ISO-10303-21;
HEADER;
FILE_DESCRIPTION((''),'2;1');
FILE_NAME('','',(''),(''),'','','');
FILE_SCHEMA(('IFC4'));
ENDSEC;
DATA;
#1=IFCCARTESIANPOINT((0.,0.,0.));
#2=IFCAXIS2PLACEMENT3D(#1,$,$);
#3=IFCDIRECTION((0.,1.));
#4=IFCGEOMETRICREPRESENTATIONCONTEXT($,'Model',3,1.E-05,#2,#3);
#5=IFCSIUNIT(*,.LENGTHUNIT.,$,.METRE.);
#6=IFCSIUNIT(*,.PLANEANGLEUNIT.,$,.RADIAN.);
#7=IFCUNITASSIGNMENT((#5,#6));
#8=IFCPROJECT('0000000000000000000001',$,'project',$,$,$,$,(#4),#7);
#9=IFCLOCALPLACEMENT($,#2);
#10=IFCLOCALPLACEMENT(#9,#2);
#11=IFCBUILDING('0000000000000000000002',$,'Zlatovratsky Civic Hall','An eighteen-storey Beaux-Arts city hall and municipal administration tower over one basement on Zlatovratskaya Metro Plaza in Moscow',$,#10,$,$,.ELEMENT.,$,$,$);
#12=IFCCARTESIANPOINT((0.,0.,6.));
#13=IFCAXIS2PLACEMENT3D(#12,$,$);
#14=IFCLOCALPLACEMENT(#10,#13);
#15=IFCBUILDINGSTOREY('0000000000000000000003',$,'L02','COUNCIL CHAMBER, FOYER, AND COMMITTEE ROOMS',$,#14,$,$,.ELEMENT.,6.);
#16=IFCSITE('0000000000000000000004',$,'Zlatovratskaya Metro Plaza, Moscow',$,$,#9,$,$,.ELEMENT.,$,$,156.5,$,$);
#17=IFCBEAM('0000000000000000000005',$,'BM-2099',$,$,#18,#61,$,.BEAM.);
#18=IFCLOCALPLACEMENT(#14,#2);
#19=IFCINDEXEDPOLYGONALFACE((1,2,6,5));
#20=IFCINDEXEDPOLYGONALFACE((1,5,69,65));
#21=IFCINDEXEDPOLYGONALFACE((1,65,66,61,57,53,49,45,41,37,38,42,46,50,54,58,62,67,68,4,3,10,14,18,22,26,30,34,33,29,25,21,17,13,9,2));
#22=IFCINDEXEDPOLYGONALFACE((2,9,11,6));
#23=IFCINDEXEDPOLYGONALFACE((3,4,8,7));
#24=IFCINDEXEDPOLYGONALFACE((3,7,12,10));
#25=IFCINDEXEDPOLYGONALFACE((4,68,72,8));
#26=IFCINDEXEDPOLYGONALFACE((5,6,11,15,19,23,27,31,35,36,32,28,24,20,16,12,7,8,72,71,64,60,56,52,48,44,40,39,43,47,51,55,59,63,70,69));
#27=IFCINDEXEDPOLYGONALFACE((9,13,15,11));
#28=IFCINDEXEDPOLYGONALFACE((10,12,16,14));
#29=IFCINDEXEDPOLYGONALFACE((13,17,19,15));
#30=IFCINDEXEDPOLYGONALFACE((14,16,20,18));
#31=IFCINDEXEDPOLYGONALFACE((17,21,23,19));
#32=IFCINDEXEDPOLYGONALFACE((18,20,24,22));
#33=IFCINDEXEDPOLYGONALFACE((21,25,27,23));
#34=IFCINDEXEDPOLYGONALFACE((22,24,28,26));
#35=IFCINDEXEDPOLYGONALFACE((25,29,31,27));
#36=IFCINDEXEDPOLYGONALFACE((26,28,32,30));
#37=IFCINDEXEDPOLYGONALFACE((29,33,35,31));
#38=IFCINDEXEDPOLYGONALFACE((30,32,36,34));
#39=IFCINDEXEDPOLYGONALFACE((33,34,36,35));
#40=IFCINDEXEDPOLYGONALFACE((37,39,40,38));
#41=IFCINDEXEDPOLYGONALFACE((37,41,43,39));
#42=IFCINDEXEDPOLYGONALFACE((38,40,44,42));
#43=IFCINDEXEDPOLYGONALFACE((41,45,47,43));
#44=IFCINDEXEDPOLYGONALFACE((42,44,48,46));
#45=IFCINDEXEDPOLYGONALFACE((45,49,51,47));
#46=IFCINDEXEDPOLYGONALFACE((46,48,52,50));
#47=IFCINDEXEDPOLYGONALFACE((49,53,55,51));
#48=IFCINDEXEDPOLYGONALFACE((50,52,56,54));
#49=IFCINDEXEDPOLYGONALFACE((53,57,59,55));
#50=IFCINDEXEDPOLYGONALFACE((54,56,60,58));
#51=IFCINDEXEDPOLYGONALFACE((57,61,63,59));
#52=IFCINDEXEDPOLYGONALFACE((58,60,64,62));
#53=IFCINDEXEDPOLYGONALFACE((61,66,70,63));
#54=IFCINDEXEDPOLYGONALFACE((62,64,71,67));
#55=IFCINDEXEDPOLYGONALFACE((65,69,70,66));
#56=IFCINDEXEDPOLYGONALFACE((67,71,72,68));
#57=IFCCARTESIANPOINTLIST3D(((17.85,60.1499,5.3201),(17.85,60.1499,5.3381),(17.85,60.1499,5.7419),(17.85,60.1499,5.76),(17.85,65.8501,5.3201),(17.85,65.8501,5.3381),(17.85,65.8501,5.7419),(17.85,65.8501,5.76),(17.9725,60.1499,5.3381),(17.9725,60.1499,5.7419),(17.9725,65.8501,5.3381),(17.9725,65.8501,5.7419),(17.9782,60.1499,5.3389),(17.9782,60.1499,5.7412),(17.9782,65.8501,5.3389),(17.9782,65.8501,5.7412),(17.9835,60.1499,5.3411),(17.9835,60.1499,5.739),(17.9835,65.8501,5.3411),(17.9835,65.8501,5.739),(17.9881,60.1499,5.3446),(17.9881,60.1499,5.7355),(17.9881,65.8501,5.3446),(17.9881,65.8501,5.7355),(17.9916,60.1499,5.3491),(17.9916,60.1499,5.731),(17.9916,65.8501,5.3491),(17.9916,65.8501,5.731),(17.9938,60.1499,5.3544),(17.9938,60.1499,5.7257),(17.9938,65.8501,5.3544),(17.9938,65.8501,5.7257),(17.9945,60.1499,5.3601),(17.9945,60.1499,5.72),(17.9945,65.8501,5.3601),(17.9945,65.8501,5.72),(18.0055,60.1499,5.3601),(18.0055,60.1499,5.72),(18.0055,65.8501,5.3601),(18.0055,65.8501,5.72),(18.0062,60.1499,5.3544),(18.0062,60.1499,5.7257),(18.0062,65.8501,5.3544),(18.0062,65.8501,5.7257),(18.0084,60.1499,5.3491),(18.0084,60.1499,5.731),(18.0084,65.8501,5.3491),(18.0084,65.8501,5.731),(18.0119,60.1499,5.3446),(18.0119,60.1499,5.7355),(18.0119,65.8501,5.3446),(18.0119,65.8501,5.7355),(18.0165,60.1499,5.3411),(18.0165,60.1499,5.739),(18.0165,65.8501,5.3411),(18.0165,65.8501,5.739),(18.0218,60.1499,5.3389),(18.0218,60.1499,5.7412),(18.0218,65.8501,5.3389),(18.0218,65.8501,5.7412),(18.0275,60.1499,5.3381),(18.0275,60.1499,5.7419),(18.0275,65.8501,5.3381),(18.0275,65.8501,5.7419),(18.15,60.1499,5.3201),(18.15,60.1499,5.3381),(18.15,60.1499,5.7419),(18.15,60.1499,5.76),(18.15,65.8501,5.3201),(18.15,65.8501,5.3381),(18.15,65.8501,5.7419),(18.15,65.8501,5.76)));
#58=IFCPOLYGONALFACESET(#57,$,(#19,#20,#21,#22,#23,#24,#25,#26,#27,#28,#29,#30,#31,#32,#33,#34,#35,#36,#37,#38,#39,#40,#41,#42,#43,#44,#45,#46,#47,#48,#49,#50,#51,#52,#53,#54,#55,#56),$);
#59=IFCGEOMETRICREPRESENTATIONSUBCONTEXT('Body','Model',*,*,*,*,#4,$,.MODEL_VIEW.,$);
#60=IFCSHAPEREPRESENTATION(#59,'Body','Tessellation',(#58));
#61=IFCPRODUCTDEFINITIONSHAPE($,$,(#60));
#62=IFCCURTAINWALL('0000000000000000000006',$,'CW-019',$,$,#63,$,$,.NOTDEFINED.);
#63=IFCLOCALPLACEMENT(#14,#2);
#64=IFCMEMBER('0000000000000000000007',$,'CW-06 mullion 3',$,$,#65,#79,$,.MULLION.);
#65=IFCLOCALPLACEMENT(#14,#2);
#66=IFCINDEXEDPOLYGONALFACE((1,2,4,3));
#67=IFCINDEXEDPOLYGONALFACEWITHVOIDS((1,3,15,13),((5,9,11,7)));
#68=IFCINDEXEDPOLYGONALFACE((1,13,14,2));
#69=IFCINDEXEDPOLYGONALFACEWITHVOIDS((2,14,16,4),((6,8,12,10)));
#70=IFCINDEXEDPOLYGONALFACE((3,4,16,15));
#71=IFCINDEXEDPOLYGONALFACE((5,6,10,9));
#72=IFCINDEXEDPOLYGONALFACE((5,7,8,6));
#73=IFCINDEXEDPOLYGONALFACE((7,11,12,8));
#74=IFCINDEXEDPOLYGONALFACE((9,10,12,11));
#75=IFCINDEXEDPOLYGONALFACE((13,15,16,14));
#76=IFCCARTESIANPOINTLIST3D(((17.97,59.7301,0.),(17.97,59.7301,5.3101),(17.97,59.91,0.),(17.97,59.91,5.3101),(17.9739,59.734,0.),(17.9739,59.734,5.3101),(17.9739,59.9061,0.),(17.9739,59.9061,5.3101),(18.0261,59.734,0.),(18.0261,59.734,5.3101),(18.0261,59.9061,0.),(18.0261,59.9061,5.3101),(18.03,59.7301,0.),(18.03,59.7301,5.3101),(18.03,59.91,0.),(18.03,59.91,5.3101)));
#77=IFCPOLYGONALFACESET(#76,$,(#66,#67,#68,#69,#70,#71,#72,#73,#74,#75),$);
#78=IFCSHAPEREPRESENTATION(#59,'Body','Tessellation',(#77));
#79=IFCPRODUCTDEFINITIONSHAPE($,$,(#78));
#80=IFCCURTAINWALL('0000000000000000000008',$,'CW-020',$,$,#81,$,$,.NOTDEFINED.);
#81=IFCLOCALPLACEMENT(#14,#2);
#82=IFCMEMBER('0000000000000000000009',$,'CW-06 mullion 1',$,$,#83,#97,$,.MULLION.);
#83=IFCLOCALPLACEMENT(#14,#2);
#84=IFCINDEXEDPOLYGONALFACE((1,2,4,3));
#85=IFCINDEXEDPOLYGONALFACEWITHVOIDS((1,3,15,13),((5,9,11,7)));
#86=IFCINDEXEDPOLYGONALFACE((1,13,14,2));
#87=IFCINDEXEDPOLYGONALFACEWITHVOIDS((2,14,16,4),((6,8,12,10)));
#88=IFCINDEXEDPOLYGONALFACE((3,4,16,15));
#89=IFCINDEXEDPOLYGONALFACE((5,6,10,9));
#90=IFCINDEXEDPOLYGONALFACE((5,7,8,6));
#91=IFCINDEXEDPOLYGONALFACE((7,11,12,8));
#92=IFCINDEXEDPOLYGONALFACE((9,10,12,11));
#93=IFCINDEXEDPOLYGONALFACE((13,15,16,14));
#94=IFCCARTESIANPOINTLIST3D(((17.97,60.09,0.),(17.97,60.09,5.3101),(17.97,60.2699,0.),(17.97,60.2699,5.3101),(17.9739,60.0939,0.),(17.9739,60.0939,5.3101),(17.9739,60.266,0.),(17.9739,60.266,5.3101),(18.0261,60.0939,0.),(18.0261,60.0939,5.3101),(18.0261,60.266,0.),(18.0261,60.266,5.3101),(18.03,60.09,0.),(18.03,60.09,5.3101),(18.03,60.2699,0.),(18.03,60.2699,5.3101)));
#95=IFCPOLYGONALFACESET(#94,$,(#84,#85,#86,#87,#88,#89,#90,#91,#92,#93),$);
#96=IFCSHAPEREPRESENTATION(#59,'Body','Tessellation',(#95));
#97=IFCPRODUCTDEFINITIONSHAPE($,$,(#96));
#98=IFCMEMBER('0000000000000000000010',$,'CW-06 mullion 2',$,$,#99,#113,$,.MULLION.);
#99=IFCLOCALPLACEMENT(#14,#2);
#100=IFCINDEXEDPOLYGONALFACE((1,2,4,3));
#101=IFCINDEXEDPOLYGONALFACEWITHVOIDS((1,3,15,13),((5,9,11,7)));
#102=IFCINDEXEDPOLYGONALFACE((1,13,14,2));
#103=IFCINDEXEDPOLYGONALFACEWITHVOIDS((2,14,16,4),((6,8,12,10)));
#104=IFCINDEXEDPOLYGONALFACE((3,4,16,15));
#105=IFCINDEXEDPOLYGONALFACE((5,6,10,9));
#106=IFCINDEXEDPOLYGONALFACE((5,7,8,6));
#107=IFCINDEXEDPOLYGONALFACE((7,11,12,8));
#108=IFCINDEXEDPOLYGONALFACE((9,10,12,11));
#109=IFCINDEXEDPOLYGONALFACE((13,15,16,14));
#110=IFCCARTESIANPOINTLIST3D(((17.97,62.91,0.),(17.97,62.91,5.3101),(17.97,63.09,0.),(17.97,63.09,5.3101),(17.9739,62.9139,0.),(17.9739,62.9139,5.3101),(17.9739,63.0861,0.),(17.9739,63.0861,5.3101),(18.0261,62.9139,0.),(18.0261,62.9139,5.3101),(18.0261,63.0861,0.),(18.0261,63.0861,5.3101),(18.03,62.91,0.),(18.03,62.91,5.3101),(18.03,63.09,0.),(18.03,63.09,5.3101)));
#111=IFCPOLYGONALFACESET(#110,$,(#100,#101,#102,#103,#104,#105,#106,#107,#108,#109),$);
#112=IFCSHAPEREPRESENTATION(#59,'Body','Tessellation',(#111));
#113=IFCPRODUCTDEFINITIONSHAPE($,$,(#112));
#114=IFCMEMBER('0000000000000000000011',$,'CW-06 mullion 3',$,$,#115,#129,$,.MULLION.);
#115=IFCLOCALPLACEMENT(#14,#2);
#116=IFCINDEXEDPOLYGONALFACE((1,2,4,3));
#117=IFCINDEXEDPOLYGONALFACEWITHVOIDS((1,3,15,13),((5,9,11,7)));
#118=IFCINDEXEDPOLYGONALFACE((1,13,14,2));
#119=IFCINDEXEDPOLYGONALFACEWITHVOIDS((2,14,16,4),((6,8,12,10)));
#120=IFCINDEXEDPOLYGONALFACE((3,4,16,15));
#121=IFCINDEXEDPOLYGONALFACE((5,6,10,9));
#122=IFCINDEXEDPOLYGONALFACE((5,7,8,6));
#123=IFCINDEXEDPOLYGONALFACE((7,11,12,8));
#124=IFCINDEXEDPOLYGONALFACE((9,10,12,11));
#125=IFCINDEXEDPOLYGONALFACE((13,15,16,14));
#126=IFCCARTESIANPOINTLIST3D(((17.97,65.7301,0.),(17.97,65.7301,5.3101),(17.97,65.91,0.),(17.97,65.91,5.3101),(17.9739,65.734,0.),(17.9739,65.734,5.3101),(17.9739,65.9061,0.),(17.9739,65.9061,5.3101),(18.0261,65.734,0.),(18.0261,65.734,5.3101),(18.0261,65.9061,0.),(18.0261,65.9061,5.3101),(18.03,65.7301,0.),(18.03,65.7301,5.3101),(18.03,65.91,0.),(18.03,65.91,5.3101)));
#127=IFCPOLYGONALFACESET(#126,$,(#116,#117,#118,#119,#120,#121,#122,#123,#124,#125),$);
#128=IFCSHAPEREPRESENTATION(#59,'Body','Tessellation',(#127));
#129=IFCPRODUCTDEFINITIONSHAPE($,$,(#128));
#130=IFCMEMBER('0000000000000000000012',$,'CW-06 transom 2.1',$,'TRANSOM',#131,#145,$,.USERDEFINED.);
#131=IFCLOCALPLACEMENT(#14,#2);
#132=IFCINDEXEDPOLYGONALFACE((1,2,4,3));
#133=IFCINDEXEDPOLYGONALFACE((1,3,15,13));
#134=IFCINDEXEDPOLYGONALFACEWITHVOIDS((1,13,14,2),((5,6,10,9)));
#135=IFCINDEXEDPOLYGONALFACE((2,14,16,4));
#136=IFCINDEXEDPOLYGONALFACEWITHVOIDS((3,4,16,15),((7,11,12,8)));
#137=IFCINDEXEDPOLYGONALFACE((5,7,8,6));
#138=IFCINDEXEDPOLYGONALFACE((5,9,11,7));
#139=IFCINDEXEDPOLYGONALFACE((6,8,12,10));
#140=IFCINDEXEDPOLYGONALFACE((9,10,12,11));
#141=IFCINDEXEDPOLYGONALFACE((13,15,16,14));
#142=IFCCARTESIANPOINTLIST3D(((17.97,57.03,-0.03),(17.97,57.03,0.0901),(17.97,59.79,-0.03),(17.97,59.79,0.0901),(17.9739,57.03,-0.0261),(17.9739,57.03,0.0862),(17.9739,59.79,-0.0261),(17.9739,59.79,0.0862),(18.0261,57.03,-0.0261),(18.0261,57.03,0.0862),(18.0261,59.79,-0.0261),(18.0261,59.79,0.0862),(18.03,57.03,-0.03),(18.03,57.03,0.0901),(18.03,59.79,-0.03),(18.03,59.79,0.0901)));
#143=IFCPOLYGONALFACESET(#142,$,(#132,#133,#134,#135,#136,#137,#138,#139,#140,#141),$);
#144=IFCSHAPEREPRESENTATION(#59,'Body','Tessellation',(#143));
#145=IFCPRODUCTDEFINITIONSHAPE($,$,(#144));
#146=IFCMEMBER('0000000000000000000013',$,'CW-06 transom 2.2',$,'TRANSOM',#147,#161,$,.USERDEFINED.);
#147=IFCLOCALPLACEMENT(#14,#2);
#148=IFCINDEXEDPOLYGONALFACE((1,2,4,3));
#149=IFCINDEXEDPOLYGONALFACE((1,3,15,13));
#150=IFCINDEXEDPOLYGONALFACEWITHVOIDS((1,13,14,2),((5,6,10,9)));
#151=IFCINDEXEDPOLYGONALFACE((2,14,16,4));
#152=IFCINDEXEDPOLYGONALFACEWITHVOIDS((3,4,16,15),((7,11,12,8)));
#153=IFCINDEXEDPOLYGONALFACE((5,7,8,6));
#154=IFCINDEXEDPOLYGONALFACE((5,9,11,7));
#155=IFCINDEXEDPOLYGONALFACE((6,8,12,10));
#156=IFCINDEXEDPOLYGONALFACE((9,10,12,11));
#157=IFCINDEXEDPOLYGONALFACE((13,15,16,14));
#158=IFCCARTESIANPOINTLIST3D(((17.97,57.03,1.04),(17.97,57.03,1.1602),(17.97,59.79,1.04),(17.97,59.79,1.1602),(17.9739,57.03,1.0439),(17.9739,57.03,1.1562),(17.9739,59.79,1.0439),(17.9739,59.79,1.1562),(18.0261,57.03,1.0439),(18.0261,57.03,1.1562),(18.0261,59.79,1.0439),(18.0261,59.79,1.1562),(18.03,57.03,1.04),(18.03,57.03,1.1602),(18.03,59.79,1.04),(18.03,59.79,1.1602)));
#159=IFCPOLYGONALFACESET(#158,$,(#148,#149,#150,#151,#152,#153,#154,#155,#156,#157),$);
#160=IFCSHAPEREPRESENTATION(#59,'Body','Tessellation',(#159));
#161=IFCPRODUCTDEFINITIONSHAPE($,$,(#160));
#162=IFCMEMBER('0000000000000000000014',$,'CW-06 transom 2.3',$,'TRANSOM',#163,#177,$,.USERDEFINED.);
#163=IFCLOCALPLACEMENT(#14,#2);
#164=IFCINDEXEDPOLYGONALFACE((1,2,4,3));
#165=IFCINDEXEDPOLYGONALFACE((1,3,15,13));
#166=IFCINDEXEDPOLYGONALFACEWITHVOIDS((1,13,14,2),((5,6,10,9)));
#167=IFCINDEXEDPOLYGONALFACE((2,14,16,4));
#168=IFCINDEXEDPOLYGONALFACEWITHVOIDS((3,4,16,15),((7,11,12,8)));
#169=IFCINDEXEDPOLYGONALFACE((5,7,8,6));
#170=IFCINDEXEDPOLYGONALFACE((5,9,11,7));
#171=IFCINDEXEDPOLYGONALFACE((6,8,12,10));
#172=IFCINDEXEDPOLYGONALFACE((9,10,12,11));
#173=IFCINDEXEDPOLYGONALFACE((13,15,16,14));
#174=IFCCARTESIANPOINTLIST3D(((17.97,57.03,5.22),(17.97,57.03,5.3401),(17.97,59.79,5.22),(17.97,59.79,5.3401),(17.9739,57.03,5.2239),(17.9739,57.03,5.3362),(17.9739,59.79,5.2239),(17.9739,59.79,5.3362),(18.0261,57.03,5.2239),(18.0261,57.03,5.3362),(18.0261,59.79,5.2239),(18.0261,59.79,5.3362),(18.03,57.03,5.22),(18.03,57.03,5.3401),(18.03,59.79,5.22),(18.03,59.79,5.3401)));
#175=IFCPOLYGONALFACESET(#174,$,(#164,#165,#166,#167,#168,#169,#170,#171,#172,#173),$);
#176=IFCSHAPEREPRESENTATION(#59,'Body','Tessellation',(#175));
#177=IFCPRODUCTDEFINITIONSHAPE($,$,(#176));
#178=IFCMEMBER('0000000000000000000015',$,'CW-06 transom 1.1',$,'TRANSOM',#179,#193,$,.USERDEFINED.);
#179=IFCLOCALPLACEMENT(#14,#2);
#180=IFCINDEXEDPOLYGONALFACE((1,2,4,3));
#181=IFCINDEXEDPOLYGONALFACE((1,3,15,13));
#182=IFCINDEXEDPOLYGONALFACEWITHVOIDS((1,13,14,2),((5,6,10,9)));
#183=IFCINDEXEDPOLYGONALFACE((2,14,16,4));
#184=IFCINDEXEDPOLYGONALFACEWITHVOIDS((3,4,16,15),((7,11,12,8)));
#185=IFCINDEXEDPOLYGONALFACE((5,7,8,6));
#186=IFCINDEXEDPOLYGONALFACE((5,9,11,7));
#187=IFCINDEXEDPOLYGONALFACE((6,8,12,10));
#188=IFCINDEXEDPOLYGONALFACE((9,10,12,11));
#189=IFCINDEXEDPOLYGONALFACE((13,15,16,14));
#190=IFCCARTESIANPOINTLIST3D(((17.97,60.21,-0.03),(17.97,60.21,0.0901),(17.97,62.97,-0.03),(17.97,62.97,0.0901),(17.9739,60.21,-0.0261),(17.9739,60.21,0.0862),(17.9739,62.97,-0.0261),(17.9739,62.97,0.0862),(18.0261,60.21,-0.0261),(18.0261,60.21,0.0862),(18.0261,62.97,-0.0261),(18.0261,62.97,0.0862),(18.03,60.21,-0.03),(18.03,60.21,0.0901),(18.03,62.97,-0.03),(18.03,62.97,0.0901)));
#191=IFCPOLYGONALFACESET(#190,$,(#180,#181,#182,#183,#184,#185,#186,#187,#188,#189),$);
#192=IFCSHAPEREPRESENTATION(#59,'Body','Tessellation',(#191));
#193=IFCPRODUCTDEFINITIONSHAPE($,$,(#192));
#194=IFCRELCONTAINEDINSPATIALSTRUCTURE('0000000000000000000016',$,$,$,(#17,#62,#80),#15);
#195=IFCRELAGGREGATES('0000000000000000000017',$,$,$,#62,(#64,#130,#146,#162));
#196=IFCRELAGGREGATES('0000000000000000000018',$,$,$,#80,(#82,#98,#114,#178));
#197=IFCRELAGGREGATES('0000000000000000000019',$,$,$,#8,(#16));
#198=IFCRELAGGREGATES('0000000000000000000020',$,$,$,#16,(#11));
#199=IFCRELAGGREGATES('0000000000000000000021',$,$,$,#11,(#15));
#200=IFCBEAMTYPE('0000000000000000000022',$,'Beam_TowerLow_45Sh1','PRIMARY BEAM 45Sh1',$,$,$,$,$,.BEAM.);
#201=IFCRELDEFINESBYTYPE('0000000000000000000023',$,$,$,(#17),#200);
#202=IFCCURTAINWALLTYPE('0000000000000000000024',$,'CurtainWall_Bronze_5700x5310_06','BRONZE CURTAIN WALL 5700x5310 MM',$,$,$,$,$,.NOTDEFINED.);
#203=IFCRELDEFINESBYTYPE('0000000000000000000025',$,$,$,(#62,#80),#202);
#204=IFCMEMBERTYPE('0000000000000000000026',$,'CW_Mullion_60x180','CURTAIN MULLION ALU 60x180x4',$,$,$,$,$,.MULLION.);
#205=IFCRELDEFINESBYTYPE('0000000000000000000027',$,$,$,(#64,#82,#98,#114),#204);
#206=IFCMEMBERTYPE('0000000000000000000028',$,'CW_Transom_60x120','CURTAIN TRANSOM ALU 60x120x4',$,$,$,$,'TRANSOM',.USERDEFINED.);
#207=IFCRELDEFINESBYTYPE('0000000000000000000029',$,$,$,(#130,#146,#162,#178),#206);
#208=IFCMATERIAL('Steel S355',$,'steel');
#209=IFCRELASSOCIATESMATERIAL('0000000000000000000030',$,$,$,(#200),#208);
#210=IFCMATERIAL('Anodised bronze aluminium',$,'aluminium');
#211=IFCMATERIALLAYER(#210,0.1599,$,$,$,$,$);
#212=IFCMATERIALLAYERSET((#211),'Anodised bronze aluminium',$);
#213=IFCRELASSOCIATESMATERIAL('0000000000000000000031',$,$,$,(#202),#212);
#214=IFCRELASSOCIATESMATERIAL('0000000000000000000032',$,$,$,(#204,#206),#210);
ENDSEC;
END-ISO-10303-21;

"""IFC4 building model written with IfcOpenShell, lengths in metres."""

from ifc_helpers import new_model, si_unit, direction, frame, origin, origin_2d, place, context, subcontext, project, spatial, hollow_rectangle, i_section, extrude, material, layer, layer_set, material_profile, profile_set, type_object, element, aggregate, save


model = new_model("IFC4")

# Units and contexts
model_context = context("Model", 3, precision=1e-05, world=origin(), true_north=direction((0.0, 1.0)))
body_context = subcontext(model_context, "Body", "Model", "MODEL_VIEW")
ifc_project = project(units=[si_unit("LENGTHUNIT", "METRE"), si_unit("PLANEANGLEUNIT", "RADIAN")], contexts=[model_context])

# Site, building, storey
site_placement = place(None, origin())
site = spatial("IfcSite", under=ifc_project, at=site_placement, Name="Zlatovratskaya Metro Plaza, Moscow", CompositionType="ELEMENT", RefElevation=156.5)
building_placement = place(site_placement, origin())
building = spatial("IfcBuilding", under=site, at=building_placement, Name="Zlatovratsky Civic Hall", Description="An eighteen-storey Beaux-Arts city hall and municipal administration tower over one basement on Zlatovratskaya Metro Plaza in Moscow", CompositionType="ELEMENT")
storey_placement = place(building_placement, frame((0.0, 0.0, 6.0)))
storey = spatial("IfcBuildingStorey", under=building, at=storey_placement, Name="L02", Description="COUNCIL CHAMBER, FOYER, AND COMMITTEE ROOMS", CompositionType="ELEMENT", Elevation=6.0)

# Shared definitions
ifc_material_1 = material(Name="Steel S355", Category="steel")

# Beam
ifc_material_profile_1 = material_profile(ifc_material_1, i_section(OverallWidth=0.3, OverallDepth=0.4399, WebThickness=0.011, FlangeThickness=0.0181, FilletRadius=0.022, at=origin_2d()), Name="45Sh1")
ifc_profile_set_1 = profile_set([ifc_material_profile_1], Name="Steel S355")
beam_type_1 = type_object("IfcBeamType", Name="Beam_TowerLow_45Sh1", Description="PRIMARY BEAM 45Sh1", PredefinedType="BEAM", material=ifc_profile_set_1)
for number, where, z_axis, x_axis, name in (
    (1, (18.0, 60.1499, 5.54), (0.0, 1.0, 0.0), (-1.0, 0.0, 0.0), "BM-2099"),
):
    element("IfcBeam", number, at=place(storey_placement, frame(where, z_axis=z_axis, x_axis=x_axis)), inside=storey, type_object=beam_type_1, Name=name, PredefinedType="BEAM", context=body_context, shape_type="SweptSolid", body=[
        extrude(i_section(OverallWidth=0.3, OverallDepth=0.4399, WebThickness=0.011, FlangeThickness=0.0181, FilletRadius=0.022, at=origin_2d()), origin(), (0.0, 0.0, 1.0), 5.7002),
    ])

# Curtain wall, member
ifc_material_2 = material(Name="Anodised bronze aluminium", Category="aluminium")
ifc_layer_1 = layer(ifc_material_2, 0.1599)
ifc_layer_set_1 = layer_set([ifc_layer_1], Name="Anodised bronze aluminium")
curtain_wall_type = type_object("IfcCurtainWallType", Name="CurtainWall_Bronze_5700x5310_06", Description="BRONZE CURTAIN WALL 5700x5310 MM", PredefinedType="NOTDEFINED", material=ifc_layer_set_1)
curtain_wall_1_placement = place(storey_placement, origin())
curtain_wall_1 = element("IfcCurtainWall", 2, at=curtain_wall_1_placement, inside=storey, type_object=curtain_wall_type, Name="CW-019", PredefinedType="NOTDEFINED")
ifc_material_profile_2 = material_profile(ifc_material_2, hollow_rectangle(XDim=0.0601, YDim=0.1799, WallThickness=0.0039, at=origin_2d()), Name="ALU 60x180x4")
ifc_profile_set_2 = profile_set([ifc_material_profile_2], Name="Anodised bronze aluminium")
member_type_1 = type_object("IfcMemberType", Name="CW_Mullion_60x180", Description="CURTAIN MULLION ALU 60x180x4", PredefinedType="MULLION", material=ifc_profile_set_2)
member_1_placement = place(storey_placement, frame((18.0, 59.8201, 0.0), z_axis=(0.0, 0.0, 1.0), x_axis=(-1.0, 0.0, 0.0)))
member_1 = element("IfcMember", 3, at=member_1_placement, type_object=member_type_1, Name="CW-06 mullion 3", PredefinedType="MULLION", context=body_context, shape_type="SweptSolid", body=[
    extrude(hollow_rectangle(XDim=0.0601, YDim=0.1799, WallThickness=0.0039, at=origin_2d()), origin(), (0.0, 0.0, 1.0), 5.3101),
])

# Curtain wall, members
curtain_wall_2_placement = place(storey_placement, origin())
curtain_wall_2 = element("IfcCurtainWall", 4, at=curtain_wall_2_placement, inside=storey, type_object=curtain_wall_type, Name="CW-020", PredefinedType="NOTDEFINED")
member_2_placement = place(storey_placement, frame((18.0, 60.1799, 0.0), z_axis=(0.0, 0.0, 1.0), x_axis=(-1.0, 0.0, 0.0)))
member_2 = element("IfcMember", 5, at=member_2_placement, type_object=member_type_1, Name="CW-06 mullion 1", PredefinedType="MULLION", context=body_context, shape_type="SweptSolid", body=[
    extrude(hollow_rectangle(XDim=0.0601, YDim=0.1799, WallThickness=0.0039, at=origin_2d()), origin(), (0.0, 0.0, 1.0), 5.3101),
])
member_3_placement = place(storey_placement, frame((18.0, 63.0, 0.0), z_axis=(0.0, 0.0, 1.0), x_axis=(-1.0, 0.0, 0.0)))
member_3 = element("IfcMember", 6, at=member_3_placement, type_object=member_type_1, Name="CW-06 mullion 2", PredefinedType="MULLION", context=body_context, shape_type="SweptSolid", body=[
    extrude(hollow_rectangle(XDim=0.0601, YDim=0.1799, WallThickness=0.0039, at=origin_2d()), origin(), (0.0, 0.0, 1.0), 5.3101),
])
member_4_placement = place(storey_placement, frame((18.0, 65.8201, 0.0), z_axis=(0.0, 0.0, 1.0), x_axis=(-1.0, 0.0, 0.0)))
member_4 = element("IfcMember", 7, at=member_4_placement, type_object=member_type_1, Name="CW-06 mullion 3", PredefinedType="MULLION", context=body_context, shape_type="SweptSolid", body=[
    extrude(hollow_rectangle(XDim=0.0601, YDim=0.1799, WallThickness=0.0039, at=origin_2d()), origin(), (0.0, 0.0, 1.0), 5.3101),
])

# Members
ifc_material_profile_3 = material_profile(ifc_material_2, hollow_rectangle(XDim=0.0601, YDim=0.1201, WallThickness=0.0039, at=origin_2d()), Name="ALU 60x120x4")
ifc_profile_set_3 = profile_set([ifc_material_profile_3], Name="Anodised bronze aluminium")
member_type_2 = type_object("IfcMemberType", Name="CW_Transom_60x120", Description="CURTAIN TRANSOM ALU 60x120x4", ElementType="TRANSOM", PredefinedType="USERDEFINED", material=ifc_profile_set_3)
member_5_placement = place(storey_placement, frame((18.0, 57.03, 0.03), z_axis=(0.0, 1.0, 0.0), x_axis=(-1.0, 0.0, 0.0)))
member_5 = element("IfcMember", 8, at=member_5_placement, type_object=member_type_2, Name="CW-06 transom 2.1", ObjectType="TRANSOM", PredefinedType="USERDEFINED", context=body_context, shape_type="SweptSolid", body=[
    extrude(hollow_rectangle(XDim=0.0601, YDim=0.1201, WallThickness=0.0039, at=origin_2d()), origin(), (0.0, 0.0, 1.0), 2.76),
])
member_6_placement = place(storey_placement, frame((18.0, 57.03, 1.1001), z_axis=(0.0, 1.0, 0.0), x_axis=(-1.0, 0.0, 0.0)))
member_6 = element("IfcMember", 9, at=member_6_placement, type_object=member_type_2, Name="CW-06 transom 2.2", ObjectType="TRANSOM", PredefinedType="USERDEFINED", context=body_context, shape_type="SweptSolid", body=[
    extrude(hollow_rectangle(XDim=0.0601, YDim=0.1201, WallThickness=0.0039, at=origin_2d()), origin(), (0.0, 0.0, 1.0), 2.76),
])
member_7_placement = place(storey_placement, frame((18.0, 57.03, 5.28), z_axis=(0.0, 1.0, 0.0), x_axis=(-1.0, 0.0, 0.0)))
member_7 = element("IfcMember", 10, at=member_7_placement, type_object=member_type_2, Name="CW-06 transom 2.3", ObjectType="TRANSOM", PredefinedType="USERDEFINED", context=body_context, shape_type="SweptSolid", body=[
    extrude(hollow_rectangle(XDim=0.0601, YDim=0.1201, WallThickness=0.0039, at=origin_2d()), origin(), (0.0, 0.0, 1.0), 2.76),
])
member_8_placement = place(storey_placement, frame((18.0, 60.21, 0.03), z_axis=(0.0, 1.0, 0.0), x_axis=(-1.0, 0.0, 0.0)))
member_8 = element("IfcMember", 11, at=member_8_placement, type_object=member_type_2, Name="CW-06 transom 1.1", ObjectType="TRANSOM", PredefinedType="USERDEFINED", context=body_context, shape_type="SweptSolid", body=[
    extrude(hollow_rectangle(XDim=0.0601, YDim=0.1201, WallThickness=0.0039, at=origin_2d()), origin(), (0.0, 0.0, 1.0), 2.76),
])

aggregate(curtain_wall_1, [member_1, member_5, member_6, member_7])
aggregate(curtain_wall_2, [member_2, member_3, member_4, member_8])

save(model, "model.ifc")
